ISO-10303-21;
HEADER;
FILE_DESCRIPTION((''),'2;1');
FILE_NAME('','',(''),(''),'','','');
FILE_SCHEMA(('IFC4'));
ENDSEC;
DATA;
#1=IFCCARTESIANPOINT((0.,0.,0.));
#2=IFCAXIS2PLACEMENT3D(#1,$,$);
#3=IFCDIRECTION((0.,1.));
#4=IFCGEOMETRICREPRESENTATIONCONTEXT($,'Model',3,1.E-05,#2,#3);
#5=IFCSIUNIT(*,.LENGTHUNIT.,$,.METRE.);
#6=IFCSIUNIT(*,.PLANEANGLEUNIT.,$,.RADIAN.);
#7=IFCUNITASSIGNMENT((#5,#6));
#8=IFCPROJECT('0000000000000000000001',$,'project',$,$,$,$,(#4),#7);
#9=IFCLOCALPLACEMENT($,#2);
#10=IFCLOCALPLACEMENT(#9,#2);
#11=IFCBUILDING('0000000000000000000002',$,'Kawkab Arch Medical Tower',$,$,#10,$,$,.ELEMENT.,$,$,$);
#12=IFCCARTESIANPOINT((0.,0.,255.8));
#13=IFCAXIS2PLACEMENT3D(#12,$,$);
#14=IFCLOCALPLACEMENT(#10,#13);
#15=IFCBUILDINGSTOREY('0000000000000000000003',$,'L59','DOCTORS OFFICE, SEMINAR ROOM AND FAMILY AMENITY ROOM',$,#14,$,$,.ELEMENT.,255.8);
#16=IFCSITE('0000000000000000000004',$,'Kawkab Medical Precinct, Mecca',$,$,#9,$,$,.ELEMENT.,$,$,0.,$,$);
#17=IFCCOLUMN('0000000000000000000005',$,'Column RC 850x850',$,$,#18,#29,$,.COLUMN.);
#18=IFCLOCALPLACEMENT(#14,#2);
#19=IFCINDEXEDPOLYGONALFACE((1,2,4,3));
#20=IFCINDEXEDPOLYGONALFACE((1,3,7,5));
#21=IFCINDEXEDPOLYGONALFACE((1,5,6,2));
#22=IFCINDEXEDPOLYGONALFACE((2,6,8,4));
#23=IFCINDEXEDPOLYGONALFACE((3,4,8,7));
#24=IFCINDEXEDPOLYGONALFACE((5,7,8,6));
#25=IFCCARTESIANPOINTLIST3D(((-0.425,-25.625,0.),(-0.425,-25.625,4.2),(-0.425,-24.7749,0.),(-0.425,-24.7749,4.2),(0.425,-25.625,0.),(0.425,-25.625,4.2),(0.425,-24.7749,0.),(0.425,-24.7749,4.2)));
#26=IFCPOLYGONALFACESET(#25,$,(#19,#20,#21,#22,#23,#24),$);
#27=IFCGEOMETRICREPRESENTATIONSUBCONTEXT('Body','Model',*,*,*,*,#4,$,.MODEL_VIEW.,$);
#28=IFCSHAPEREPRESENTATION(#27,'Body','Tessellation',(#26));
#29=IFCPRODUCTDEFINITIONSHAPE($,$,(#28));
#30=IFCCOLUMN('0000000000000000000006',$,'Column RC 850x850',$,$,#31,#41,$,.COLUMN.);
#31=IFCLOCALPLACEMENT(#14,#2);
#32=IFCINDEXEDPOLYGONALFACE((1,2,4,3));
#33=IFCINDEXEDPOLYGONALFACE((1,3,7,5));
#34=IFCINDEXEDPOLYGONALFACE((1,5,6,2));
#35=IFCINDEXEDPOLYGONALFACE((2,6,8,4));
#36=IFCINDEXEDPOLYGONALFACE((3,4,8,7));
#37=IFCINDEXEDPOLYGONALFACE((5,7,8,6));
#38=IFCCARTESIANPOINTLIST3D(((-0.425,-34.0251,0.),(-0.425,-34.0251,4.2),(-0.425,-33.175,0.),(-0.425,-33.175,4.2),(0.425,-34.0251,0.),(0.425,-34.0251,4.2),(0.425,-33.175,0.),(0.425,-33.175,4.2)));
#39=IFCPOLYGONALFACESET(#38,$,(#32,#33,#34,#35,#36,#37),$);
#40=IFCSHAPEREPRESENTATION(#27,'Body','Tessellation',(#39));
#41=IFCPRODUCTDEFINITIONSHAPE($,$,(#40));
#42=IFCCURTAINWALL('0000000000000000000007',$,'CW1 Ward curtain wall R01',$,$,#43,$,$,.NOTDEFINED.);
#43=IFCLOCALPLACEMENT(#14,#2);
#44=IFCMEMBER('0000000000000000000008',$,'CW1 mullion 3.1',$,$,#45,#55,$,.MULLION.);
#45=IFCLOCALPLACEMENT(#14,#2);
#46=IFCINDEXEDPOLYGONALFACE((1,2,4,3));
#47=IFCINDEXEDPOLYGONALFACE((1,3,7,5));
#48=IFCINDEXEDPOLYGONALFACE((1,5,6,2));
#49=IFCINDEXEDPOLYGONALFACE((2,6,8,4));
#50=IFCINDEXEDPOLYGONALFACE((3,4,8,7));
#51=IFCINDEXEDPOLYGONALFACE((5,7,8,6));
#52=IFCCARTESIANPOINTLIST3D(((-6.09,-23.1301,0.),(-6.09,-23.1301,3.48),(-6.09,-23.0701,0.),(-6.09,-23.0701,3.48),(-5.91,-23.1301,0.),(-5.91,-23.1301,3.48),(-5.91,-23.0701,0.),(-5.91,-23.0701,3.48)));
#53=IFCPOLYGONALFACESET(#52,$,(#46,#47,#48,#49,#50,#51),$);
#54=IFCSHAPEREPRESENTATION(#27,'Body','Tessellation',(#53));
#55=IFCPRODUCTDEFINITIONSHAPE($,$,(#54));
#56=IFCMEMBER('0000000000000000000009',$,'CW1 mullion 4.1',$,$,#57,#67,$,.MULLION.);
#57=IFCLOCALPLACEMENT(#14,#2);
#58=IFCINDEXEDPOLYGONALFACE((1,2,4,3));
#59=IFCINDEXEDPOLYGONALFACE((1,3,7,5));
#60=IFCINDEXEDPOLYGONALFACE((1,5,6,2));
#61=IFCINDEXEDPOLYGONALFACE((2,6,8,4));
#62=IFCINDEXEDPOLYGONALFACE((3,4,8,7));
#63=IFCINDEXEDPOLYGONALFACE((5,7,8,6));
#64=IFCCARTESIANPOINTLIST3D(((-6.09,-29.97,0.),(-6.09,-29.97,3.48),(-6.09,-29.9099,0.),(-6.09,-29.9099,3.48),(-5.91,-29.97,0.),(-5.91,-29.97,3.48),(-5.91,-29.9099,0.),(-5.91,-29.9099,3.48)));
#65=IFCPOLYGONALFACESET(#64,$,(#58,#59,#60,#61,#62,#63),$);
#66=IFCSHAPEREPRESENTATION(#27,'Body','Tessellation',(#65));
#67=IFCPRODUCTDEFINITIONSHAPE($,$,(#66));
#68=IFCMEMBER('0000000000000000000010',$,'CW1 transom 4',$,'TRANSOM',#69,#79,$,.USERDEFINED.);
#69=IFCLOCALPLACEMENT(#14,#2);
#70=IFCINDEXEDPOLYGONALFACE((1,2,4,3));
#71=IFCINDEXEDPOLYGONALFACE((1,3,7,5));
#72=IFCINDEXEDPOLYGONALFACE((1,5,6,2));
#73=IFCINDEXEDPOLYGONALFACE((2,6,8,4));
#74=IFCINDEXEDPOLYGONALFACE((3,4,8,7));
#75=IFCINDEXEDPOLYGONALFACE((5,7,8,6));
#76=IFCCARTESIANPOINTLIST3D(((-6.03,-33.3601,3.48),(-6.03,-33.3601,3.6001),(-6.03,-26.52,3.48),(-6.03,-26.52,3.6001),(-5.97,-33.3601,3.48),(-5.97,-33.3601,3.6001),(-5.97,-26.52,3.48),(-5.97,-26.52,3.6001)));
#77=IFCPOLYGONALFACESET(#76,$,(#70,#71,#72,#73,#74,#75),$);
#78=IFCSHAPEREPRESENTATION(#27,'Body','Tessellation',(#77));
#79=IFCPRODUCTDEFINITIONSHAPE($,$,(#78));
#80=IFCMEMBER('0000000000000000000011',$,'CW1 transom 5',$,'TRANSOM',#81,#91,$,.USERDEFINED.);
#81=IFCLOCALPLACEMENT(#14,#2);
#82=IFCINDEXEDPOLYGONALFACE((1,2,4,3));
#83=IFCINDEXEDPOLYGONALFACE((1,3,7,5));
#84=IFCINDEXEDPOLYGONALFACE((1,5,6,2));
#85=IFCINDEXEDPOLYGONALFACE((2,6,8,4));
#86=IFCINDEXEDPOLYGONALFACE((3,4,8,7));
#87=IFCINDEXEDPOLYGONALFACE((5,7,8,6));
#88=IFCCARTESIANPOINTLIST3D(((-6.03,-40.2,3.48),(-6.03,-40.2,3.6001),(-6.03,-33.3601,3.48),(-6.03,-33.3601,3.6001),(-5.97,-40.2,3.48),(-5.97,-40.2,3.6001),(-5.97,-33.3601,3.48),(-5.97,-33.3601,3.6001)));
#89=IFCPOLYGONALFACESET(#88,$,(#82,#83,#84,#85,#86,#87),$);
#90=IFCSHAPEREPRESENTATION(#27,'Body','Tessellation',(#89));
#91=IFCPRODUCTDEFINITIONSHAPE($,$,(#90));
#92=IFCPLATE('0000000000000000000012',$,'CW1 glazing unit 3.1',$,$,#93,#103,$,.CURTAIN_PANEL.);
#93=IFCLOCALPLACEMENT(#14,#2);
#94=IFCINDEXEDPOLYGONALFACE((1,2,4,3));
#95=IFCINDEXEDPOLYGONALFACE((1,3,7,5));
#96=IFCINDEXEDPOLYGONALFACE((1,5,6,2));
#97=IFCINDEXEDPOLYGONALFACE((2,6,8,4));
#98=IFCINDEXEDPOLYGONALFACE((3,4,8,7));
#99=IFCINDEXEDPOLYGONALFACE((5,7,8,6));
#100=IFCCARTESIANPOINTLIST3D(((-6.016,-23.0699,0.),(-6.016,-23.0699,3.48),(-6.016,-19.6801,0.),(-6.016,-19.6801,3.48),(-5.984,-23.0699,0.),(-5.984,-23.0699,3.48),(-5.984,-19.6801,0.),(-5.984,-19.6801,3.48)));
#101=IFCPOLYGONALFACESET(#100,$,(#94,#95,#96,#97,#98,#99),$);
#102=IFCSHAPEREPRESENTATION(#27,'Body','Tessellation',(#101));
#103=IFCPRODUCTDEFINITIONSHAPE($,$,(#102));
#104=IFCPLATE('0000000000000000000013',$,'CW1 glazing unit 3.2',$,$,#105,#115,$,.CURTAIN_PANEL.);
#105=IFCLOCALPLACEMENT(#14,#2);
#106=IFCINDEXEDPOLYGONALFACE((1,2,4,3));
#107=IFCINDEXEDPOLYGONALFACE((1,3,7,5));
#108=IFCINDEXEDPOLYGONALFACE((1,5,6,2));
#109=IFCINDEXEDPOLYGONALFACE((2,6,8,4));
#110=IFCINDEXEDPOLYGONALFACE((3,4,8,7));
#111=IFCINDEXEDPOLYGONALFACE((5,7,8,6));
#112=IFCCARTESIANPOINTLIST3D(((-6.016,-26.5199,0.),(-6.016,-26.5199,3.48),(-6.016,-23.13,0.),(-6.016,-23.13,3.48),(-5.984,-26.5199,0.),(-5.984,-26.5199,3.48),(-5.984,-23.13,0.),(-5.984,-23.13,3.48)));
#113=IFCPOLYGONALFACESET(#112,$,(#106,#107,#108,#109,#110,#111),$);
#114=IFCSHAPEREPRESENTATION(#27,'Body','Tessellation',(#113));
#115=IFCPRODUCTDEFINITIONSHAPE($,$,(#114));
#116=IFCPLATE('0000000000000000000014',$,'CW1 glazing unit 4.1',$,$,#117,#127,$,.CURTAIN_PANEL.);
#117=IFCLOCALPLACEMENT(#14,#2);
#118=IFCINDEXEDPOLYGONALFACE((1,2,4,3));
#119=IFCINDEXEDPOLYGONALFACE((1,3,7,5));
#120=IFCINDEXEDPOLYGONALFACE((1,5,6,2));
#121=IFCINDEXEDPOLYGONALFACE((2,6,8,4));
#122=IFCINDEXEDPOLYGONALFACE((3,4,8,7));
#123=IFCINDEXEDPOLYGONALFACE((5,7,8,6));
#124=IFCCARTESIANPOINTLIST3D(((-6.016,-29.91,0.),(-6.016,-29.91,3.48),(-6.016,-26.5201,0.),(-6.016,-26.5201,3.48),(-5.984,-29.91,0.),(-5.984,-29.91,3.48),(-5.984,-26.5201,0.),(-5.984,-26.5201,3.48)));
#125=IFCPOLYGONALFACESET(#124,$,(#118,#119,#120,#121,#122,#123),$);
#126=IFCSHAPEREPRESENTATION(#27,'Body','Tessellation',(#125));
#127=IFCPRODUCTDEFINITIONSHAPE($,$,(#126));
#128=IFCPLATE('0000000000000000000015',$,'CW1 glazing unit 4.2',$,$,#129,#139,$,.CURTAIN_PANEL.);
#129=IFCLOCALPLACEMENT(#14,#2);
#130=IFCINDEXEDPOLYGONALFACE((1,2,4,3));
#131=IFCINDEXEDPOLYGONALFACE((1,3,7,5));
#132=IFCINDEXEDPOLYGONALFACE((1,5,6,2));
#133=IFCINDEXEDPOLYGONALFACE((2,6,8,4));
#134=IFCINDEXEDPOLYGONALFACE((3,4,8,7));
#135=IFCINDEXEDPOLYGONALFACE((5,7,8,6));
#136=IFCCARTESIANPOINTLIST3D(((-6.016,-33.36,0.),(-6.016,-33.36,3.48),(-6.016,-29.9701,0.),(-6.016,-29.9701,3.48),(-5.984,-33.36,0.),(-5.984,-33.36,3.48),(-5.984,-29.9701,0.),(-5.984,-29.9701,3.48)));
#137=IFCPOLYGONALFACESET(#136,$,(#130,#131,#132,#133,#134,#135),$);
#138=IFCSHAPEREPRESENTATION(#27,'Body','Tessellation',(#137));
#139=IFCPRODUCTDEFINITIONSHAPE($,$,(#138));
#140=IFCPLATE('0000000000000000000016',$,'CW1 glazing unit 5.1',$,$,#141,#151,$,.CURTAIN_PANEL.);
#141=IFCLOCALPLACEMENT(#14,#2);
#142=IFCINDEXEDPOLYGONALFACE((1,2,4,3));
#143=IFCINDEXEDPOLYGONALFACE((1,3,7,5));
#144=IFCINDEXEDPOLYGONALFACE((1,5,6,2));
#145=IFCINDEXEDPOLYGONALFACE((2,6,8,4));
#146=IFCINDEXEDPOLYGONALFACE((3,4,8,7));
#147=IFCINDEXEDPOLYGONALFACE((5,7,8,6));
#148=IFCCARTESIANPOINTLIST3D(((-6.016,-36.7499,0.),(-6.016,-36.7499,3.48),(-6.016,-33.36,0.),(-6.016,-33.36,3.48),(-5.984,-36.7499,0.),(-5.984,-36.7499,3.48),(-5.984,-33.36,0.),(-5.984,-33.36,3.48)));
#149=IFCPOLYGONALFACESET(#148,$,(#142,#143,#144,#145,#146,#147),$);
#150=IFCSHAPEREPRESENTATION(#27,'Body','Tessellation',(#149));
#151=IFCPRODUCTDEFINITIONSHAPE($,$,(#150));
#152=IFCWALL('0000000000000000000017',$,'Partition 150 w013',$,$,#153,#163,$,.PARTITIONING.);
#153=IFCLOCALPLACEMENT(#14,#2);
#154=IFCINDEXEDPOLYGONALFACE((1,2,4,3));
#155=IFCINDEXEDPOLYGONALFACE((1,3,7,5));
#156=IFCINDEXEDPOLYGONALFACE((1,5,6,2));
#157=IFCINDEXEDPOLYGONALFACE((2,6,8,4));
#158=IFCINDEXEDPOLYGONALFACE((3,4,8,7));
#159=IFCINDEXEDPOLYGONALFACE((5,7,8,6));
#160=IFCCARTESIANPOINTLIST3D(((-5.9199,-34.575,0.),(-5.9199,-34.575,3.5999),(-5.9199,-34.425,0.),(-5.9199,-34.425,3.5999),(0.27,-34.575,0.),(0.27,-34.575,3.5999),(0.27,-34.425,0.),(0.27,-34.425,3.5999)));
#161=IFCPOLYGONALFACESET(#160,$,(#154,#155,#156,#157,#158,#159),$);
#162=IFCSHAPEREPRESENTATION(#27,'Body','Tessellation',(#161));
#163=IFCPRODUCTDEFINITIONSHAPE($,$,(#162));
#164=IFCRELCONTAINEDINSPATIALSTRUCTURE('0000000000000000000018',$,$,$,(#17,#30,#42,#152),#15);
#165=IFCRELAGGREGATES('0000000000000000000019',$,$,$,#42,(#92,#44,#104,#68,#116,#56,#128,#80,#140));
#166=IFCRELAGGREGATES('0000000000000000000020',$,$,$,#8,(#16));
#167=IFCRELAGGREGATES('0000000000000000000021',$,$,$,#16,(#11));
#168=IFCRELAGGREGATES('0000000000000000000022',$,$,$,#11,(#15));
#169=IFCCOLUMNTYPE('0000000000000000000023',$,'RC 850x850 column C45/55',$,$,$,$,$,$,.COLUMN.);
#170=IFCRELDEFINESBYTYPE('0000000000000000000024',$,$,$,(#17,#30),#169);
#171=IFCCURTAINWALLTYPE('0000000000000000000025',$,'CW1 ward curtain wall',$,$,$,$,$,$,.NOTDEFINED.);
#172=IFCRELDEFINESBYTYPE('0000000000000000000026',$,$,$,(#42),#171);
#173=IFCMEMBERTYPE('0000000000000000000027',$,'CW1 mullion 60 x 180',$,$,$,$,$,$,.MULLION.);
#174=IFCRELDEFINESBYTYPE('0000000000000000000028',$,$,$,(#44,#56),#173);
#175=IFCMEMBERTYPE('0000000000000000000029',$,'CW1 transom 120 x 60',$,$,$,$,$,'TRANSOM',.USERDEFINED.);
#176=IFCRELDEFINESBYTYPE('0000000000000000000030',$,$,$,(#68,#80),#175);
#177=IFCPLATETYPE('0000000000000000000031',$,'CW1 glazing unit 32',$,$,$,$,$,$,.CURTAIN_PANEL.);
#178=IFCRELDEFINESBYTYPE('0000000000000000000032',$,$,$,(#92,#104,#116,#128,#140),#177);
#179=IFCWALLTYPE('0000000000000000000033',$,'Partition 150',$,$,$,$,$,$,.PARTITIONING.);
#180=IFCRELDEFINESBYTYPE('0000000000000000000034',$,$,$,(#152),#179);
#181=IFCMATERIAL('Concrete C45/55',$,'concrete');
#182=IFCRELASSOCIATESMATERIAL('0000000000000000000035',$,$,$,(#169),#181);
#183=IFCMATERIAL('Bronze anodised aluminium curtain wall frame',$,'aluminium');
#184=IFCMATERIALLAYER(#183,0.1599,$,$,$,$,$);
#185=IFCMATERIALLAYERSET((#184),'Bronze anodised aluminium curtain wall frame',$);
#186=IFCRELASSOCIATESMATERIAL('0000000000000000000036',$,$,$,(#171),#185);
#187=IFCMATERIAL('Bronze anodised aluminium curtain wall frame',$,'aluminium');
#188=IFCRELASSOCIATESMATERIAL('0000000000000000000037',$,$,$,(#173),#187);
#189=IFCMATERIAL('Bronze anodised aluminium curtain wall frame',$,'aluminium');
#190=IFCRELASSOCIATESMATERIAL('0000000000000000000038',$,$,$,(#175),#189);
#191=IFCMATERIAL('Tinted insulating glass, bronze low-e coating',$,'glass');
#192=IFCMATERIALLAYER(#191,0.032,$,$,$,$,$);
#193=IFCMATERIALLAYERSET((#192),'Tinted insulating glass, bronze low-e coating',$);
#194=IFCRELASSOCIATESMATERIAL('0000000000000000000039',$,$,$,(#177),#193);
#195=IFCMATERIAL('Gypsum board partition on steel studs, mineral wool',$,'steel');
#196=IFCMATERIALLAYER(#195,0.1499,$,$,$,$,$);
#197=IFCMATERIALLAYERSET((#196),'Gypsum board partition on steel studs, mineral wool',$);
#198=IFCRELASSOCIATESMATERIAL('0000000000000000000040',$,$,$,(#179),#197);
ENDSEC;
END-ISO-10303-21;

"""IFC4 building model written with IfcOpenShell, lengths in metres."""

from ifc_helpers import new_model, si_unit, direction, frame, frame_2d, origin, origin_2d, place, context, subcontext, project, spatial, rectangle, extrude, material, layer, layer_set, material_profile, profile_set, type_object, element, aggregate, save


model = new_model("IFC4")

# Units and contexts
model_context = context("Model", 3, precision=1e-05, world=origin(), true_north=direction((0.0, 1.0)))
body_context = subcontext(model_context, "Body", "Model", "MODEL_VIEW")
ifc_project = project(units=[si_unit("LENGTHUNIT", "METRE"), si_unit("PLANEANGLEUNIT", "RADIAN")], contexts=[model_context])

# Site, building, storey
site_placement = place(None, origin())
site = spatial("IfcSite", under=ifc_project, at=site_placement, Name="Kawkab Medical Precinct, Mecca", CompositionType="ELEMENT", RefElevation=0.0)
building_placement = place(site_placement, origin())
building = spatial("IfcBuilding", under=site, at=building_placement, Name="Kawkab Arch Medical Tower", CompositionType="ELEMENT")
storey_placement = place(building_placement, frame((0.0, 0.0, 255.8)))
storey = spatial("IfcBuildingStorey", under=building, at=storey_placement, Name="L59", Description="DOCTORS OFFICE, SEMINAR ROOM AND FAMILY AMENITY ROOM", CompositionType="ELEMENT", Elevation=255.8)

# Columns
ifc_material_1 = material(Name="Concrete C45/55", Category="concrete")
ifc_material_profile_1 = material_profile(ifc_material_1, rectangle(XDim=0.8501, YDim=0.8501, at=origin_2d()), Name="RC 850x850")
ifc_profile_set_1 = profile_set([ifc_material_profile_1], Name="Concrete C45/55")
column_type = type_object("IfcColumnType", Name="RC 850x850 column C45/55", PredefinedType="COLUMN", material=ifc_profile_set_1)
for number, where, z_axis, x_axis, name in (
    (1, (0.0, -25.2, 0.0), (0.0, 0.0, 1.0), (1.0, 0.0, 0.0), "Column RC 850x850"),
    (2, (0.0, -33.6001, 0.0), (0.0, 0.0, 1.0), (1.0, 0.0, 0.0), "Column RC 850x850"),
):
    element("IfcColumn", number, at=place(storey_placement, frame(where, z_axis=z_axis, x_axis=x_axis)), inside=storey, type_object=column_type, Name=name, PredefinedType="COLUMN", context=body_context, shape_type="SweptSolid", body=[
        extrude(rectangle(XDim=0.8501, YDim=0.8501, at=origin_2d()), origin(), (0.0, 0.0, 1.0), 4.2),
    ])

# Curtain wall, members, plates
ifc_material_2 = material(Name="Bronze anodised aluminium curtain wall frame", Category="aluminium")
ifc_layer_1 = layer(ifc_material_2, 0.1599)
ifc_layer_set_1 = layer_set([ifc_layer_1], Name="Bronze anodised aluminium curtain wall frame")
curtain_wall_type = type_object("IfcCurtainWallType", Name="CW1 ward curtain wall", PredefinedType="NOTDEFINED", material=ifc_layer_set_1)
curtain_wall_placement = place(storey_placement, origin())
curtain_wall = element("IfcCurtainWall", 3, at=curtain_wall_placement, inside=storey, type_object=curtain_wall_type, Name="CW1 Ward curtain wall R01", PredefinedType="NOTDEFINED")
ifc_material_3 = material(Name="Bronze anodised aluminium curtain wall frame", Category="aluminium")
ifc_material_profile_2 = material_profile(ifc_material_3, rectangle(XDim=0.1799, YDim=0.0601, at=origin_2d()), Name="AL 60x180")
ifc_profile_set_2 = profile_set([ifc_material_profile_2], Name="Bronze anodised aluminium curtain wall frame")
member_type_1 = type_object("IfcMemberType", Name="CW1 mullion 60 x 180", PredefinedType="MULLION", material=ifc_profile_set_2)
member_1_placement = place(storey_placement, frame((-6.0, -23.1001, 0.0), z_axis=(0.0, 0.0, 1.0), x_axis=(1.0, 0.0, 0.0)))
member_1 = element("IfcMember", 4, at=member_1_placement, type_object=member_type_1, Name="CW1 mullion 3.1", PredefinedType="MULLION", context=body_context, shape_type="SweptSolid", body=[
    extrude(rectangle(XDim=0.1799, YDim=0.0601, at=origin_2d()), origin(), (0.0, 0.0, 1.0), 3.48),
])
member_2_placement = place(storey_placement, frame((-6.0, -29.9399, 0.0), z_axis=(0.0, 0.0, 1.0), x_axis=(1.0, 0.0, 0.0)))
member_2 = element("IfcMember", 5, at=member_2_placement, type_object=member_type_1, Name="CW1 mullion 4.1", PredefinedType="MULLION", context=body_context, shape_type="SweptSolid", body=[
    extrude(rectangle(XDim=0.1799, YDim=0.0601, at=origin_2d()), origin(), (0.0, 0.0, 1.0), 3.48),
])
ifc_material_4 = material(Name="Bronze anodised aluminium curtain wall frame", Category="aluminium")
ifc_material_profile_3 = material_profile(ifc_material_4, rectangle(XDim=0.0601, YDim=0.1201, at=origin_2d()), Name="AL 60x120")
ifc_profile_set_3 = profile_set([ifc_material_profile_3], Name="Bronze anodised aluminium curtain wall frame")
member_type_2 = type_object("IfcMemberType", Name="CW1 transom 120 x 60", ElementType="TRANSOM", PredefinedType="USERDEFINED", material=ifc_profile_set_3)
member_3_placement = place(storey_placement, frame((-6.0, -26.52, 3.54), z_axis=(0.0, -1.0, 0.0), x_axis=(1.0, 0.0, 0.0)))
member_3 = element("IfcMember", 6, at=member_3_placement, type_object=member_type_2, Name="CW1 transom 4", ObjectType="TRANSOM", PredefinedType="USERDEFINED", context=body_context, shape_type="SweptSolid", body=[
    extrude(rectangle(XDim=0.0601, YDim=0.1201, at=origin_2d()), origin(), (0.0, 0.0, 1.0), 6.8401),
])
member_4_placement = place(storey_placement, frame((-6.0, -33.3601, 3.54), z_axis=(0.0, -1.0, 0.0), x_axis=(1.0, 0.0, 0.0)))
member_4 = element("IfcMember", 7, at=member_4_placement, type_object=member_type_2, Name="CW1 transom 5", ObjectType="TRANSOM", PredefinedType="USERDEFINED", context=body_context, shape_type="SweptSolid", body=[
    extrude(rectangle(XDim=0.0601, YDim=0.1201, at=origin_2d()), origin(), (0.0, 0.0, 1.0), 6.8398),
])
ifc_material_5 = material(Name="Tinted insulating glass, bronze low-e coating", Category="glass")
ifc_layer_2 = layer(ifc_material_5, 0.032)
ifc_layer_set_2 = layer_set([ifc_layer_2], Name="Tinted insulating glass, bronze low-e coating")
plate_type = type_object("IfcPlateType", Name="CW1 glazing unit 32", PredefinedType="CURTAIN_PANEL", material=ifc_layer_set_2)
plate_1_placement = place(storey_placement, frame((-6.0, -21.375, 0.0), z_axis=(0.0, 0.0, 1.0), x_axis=(0.0, -1.0, 0.0)))
plate_1 = element("IfcPlate", 8, at=plate_1_placement, type_object=plate_type, Name="CW1 glazing unit 3.1", PredefinedType="CURTAIN_PANEL", context=body_context, shape_type="SweptSolid", body=[
    extrude(rectangle(XDim=3.3899, YDim=0.032, at=origin_2d()), origin(), (0.0, 0.0, 1.0), 3.48),
])
plate_2_placement = place(storey_placement, frame((-6.0, -24.825, 0.0), z_axis=(0.0, 0.0, 1.0), x_axis=(0.0, -1.0, 0.0)))
plate_2 = element("IfcPlate", 9, at=plate_2_placement, type_object=plate_type, Name="CW1 glazing unit 3.2", PredefinedType="CURTAIN_PANEL", context=body_context, shape_type="SweptSolid", body=[
    extrude(rectangle(XDim=3.3899, YDim=0.032, at=origin_2d()), origin(), (0.0, 0.0, 1.0), 3.48),
])
plate_3_placement = place(storey_placement, frame((-6.0, -28.2151, 0.0), z_axis=(0.0, 0.0, 1.0), x_axis=(0.0, -1.0, 0.0)))
plate_3 = element("IfcPlate", 10, at=plate_3_placement, type_object=plate_type, Name="CW1 glazing unit 4.1", PredefinedType="CURTAIN_PANEL", context=body_context, shape_type="SweptSolid", body=[
    extrude(rectangle(XDim=3.3899, YDim=0.032, at=origin_2d()), origin(), (0.0, 0.0, 1.0), 3.48),
])
plate_4_placement = place(storey_placement, frame((-6.0, -31.665, 0.0), z_axis=(0.0, 0.0, 1.0), x_axis=(0.0, -1.0, 0.0)))
plate_4 = element("IfcPlate", 11, at=plate_4_placement, type_object=plate_type, Name="CW1 glazing unit 4.2", PredefinedType="CURTAIN_PANEL", context=body_context, shape_type="SweptSolid", body=[
    extrude(rectangle(XDim=3.3899, YDim=0.032, at=origin_2d()), origin(), (0.0, 0.0, 1.0), 3.48),
])
plate_5_placement = place(storey_placement, frame((-6.0, -35.0549, 0.0), z_axis=(0.0, 0.0, 1.0), x_axis=(0.0, -1.0, 0.0)))
plate_5 = element("IfcPlate", 12, at=plate_5_placement, type_object=plate_type, Name="CW1 glazing unit 5.1", PredefinedType="CURTAIN_PANEL", context=body_context, shape_type="SweptSolid", body=[
    extrude(rectangle(XDim=3.3899, YDim=0.032, at=origin_2d()), origin(), (0.0, 0.0, 1.0), 3.48),
])
aggregate(curtain_wall, [plate_1, member_1, plate_2, member_3, plate_3, member_2, plate_4, member_4, plate_5])

# Wall
ifc_material_6 = material(Name="Gypsum board partition on steel studs, mineral wool", Category="steel")
ifc_layer_3 = layer(ifc_material_6, 0.1499)
ifc_layer_set_3 = layer_set([ifc_layer_3], Name="Gypsum board partition on steel studs, mineral wool")
wall_type_1 = type_object("IfcWallType", Name="Partition 150", PredefinedType="PARTITIONING", material=ifc_layer_set_3)
wall_1_placement = place(storey_placement, frame((-5.9199, -34.5, 0.0), z_axis=(0.0, 0.0, 1.0), x_axis=(1.0, 0.0, 0.0)))
element("IfcWall", 13, at=wall_1_placement, inside=storey, type_object=wall_type_1, Name="Partition 150 w013", PredefinedType="PARTITIONING", context=body_context, shape_type="SweptSolid", body=[
    extrude(rectangle(XDim=6.1899, YDim=0.1499, at=frame_2d((3.095, 0.0))), origin(), (0.0, 0.0, 1.0), 3.5999),
])

save(model, "model.ifc")
